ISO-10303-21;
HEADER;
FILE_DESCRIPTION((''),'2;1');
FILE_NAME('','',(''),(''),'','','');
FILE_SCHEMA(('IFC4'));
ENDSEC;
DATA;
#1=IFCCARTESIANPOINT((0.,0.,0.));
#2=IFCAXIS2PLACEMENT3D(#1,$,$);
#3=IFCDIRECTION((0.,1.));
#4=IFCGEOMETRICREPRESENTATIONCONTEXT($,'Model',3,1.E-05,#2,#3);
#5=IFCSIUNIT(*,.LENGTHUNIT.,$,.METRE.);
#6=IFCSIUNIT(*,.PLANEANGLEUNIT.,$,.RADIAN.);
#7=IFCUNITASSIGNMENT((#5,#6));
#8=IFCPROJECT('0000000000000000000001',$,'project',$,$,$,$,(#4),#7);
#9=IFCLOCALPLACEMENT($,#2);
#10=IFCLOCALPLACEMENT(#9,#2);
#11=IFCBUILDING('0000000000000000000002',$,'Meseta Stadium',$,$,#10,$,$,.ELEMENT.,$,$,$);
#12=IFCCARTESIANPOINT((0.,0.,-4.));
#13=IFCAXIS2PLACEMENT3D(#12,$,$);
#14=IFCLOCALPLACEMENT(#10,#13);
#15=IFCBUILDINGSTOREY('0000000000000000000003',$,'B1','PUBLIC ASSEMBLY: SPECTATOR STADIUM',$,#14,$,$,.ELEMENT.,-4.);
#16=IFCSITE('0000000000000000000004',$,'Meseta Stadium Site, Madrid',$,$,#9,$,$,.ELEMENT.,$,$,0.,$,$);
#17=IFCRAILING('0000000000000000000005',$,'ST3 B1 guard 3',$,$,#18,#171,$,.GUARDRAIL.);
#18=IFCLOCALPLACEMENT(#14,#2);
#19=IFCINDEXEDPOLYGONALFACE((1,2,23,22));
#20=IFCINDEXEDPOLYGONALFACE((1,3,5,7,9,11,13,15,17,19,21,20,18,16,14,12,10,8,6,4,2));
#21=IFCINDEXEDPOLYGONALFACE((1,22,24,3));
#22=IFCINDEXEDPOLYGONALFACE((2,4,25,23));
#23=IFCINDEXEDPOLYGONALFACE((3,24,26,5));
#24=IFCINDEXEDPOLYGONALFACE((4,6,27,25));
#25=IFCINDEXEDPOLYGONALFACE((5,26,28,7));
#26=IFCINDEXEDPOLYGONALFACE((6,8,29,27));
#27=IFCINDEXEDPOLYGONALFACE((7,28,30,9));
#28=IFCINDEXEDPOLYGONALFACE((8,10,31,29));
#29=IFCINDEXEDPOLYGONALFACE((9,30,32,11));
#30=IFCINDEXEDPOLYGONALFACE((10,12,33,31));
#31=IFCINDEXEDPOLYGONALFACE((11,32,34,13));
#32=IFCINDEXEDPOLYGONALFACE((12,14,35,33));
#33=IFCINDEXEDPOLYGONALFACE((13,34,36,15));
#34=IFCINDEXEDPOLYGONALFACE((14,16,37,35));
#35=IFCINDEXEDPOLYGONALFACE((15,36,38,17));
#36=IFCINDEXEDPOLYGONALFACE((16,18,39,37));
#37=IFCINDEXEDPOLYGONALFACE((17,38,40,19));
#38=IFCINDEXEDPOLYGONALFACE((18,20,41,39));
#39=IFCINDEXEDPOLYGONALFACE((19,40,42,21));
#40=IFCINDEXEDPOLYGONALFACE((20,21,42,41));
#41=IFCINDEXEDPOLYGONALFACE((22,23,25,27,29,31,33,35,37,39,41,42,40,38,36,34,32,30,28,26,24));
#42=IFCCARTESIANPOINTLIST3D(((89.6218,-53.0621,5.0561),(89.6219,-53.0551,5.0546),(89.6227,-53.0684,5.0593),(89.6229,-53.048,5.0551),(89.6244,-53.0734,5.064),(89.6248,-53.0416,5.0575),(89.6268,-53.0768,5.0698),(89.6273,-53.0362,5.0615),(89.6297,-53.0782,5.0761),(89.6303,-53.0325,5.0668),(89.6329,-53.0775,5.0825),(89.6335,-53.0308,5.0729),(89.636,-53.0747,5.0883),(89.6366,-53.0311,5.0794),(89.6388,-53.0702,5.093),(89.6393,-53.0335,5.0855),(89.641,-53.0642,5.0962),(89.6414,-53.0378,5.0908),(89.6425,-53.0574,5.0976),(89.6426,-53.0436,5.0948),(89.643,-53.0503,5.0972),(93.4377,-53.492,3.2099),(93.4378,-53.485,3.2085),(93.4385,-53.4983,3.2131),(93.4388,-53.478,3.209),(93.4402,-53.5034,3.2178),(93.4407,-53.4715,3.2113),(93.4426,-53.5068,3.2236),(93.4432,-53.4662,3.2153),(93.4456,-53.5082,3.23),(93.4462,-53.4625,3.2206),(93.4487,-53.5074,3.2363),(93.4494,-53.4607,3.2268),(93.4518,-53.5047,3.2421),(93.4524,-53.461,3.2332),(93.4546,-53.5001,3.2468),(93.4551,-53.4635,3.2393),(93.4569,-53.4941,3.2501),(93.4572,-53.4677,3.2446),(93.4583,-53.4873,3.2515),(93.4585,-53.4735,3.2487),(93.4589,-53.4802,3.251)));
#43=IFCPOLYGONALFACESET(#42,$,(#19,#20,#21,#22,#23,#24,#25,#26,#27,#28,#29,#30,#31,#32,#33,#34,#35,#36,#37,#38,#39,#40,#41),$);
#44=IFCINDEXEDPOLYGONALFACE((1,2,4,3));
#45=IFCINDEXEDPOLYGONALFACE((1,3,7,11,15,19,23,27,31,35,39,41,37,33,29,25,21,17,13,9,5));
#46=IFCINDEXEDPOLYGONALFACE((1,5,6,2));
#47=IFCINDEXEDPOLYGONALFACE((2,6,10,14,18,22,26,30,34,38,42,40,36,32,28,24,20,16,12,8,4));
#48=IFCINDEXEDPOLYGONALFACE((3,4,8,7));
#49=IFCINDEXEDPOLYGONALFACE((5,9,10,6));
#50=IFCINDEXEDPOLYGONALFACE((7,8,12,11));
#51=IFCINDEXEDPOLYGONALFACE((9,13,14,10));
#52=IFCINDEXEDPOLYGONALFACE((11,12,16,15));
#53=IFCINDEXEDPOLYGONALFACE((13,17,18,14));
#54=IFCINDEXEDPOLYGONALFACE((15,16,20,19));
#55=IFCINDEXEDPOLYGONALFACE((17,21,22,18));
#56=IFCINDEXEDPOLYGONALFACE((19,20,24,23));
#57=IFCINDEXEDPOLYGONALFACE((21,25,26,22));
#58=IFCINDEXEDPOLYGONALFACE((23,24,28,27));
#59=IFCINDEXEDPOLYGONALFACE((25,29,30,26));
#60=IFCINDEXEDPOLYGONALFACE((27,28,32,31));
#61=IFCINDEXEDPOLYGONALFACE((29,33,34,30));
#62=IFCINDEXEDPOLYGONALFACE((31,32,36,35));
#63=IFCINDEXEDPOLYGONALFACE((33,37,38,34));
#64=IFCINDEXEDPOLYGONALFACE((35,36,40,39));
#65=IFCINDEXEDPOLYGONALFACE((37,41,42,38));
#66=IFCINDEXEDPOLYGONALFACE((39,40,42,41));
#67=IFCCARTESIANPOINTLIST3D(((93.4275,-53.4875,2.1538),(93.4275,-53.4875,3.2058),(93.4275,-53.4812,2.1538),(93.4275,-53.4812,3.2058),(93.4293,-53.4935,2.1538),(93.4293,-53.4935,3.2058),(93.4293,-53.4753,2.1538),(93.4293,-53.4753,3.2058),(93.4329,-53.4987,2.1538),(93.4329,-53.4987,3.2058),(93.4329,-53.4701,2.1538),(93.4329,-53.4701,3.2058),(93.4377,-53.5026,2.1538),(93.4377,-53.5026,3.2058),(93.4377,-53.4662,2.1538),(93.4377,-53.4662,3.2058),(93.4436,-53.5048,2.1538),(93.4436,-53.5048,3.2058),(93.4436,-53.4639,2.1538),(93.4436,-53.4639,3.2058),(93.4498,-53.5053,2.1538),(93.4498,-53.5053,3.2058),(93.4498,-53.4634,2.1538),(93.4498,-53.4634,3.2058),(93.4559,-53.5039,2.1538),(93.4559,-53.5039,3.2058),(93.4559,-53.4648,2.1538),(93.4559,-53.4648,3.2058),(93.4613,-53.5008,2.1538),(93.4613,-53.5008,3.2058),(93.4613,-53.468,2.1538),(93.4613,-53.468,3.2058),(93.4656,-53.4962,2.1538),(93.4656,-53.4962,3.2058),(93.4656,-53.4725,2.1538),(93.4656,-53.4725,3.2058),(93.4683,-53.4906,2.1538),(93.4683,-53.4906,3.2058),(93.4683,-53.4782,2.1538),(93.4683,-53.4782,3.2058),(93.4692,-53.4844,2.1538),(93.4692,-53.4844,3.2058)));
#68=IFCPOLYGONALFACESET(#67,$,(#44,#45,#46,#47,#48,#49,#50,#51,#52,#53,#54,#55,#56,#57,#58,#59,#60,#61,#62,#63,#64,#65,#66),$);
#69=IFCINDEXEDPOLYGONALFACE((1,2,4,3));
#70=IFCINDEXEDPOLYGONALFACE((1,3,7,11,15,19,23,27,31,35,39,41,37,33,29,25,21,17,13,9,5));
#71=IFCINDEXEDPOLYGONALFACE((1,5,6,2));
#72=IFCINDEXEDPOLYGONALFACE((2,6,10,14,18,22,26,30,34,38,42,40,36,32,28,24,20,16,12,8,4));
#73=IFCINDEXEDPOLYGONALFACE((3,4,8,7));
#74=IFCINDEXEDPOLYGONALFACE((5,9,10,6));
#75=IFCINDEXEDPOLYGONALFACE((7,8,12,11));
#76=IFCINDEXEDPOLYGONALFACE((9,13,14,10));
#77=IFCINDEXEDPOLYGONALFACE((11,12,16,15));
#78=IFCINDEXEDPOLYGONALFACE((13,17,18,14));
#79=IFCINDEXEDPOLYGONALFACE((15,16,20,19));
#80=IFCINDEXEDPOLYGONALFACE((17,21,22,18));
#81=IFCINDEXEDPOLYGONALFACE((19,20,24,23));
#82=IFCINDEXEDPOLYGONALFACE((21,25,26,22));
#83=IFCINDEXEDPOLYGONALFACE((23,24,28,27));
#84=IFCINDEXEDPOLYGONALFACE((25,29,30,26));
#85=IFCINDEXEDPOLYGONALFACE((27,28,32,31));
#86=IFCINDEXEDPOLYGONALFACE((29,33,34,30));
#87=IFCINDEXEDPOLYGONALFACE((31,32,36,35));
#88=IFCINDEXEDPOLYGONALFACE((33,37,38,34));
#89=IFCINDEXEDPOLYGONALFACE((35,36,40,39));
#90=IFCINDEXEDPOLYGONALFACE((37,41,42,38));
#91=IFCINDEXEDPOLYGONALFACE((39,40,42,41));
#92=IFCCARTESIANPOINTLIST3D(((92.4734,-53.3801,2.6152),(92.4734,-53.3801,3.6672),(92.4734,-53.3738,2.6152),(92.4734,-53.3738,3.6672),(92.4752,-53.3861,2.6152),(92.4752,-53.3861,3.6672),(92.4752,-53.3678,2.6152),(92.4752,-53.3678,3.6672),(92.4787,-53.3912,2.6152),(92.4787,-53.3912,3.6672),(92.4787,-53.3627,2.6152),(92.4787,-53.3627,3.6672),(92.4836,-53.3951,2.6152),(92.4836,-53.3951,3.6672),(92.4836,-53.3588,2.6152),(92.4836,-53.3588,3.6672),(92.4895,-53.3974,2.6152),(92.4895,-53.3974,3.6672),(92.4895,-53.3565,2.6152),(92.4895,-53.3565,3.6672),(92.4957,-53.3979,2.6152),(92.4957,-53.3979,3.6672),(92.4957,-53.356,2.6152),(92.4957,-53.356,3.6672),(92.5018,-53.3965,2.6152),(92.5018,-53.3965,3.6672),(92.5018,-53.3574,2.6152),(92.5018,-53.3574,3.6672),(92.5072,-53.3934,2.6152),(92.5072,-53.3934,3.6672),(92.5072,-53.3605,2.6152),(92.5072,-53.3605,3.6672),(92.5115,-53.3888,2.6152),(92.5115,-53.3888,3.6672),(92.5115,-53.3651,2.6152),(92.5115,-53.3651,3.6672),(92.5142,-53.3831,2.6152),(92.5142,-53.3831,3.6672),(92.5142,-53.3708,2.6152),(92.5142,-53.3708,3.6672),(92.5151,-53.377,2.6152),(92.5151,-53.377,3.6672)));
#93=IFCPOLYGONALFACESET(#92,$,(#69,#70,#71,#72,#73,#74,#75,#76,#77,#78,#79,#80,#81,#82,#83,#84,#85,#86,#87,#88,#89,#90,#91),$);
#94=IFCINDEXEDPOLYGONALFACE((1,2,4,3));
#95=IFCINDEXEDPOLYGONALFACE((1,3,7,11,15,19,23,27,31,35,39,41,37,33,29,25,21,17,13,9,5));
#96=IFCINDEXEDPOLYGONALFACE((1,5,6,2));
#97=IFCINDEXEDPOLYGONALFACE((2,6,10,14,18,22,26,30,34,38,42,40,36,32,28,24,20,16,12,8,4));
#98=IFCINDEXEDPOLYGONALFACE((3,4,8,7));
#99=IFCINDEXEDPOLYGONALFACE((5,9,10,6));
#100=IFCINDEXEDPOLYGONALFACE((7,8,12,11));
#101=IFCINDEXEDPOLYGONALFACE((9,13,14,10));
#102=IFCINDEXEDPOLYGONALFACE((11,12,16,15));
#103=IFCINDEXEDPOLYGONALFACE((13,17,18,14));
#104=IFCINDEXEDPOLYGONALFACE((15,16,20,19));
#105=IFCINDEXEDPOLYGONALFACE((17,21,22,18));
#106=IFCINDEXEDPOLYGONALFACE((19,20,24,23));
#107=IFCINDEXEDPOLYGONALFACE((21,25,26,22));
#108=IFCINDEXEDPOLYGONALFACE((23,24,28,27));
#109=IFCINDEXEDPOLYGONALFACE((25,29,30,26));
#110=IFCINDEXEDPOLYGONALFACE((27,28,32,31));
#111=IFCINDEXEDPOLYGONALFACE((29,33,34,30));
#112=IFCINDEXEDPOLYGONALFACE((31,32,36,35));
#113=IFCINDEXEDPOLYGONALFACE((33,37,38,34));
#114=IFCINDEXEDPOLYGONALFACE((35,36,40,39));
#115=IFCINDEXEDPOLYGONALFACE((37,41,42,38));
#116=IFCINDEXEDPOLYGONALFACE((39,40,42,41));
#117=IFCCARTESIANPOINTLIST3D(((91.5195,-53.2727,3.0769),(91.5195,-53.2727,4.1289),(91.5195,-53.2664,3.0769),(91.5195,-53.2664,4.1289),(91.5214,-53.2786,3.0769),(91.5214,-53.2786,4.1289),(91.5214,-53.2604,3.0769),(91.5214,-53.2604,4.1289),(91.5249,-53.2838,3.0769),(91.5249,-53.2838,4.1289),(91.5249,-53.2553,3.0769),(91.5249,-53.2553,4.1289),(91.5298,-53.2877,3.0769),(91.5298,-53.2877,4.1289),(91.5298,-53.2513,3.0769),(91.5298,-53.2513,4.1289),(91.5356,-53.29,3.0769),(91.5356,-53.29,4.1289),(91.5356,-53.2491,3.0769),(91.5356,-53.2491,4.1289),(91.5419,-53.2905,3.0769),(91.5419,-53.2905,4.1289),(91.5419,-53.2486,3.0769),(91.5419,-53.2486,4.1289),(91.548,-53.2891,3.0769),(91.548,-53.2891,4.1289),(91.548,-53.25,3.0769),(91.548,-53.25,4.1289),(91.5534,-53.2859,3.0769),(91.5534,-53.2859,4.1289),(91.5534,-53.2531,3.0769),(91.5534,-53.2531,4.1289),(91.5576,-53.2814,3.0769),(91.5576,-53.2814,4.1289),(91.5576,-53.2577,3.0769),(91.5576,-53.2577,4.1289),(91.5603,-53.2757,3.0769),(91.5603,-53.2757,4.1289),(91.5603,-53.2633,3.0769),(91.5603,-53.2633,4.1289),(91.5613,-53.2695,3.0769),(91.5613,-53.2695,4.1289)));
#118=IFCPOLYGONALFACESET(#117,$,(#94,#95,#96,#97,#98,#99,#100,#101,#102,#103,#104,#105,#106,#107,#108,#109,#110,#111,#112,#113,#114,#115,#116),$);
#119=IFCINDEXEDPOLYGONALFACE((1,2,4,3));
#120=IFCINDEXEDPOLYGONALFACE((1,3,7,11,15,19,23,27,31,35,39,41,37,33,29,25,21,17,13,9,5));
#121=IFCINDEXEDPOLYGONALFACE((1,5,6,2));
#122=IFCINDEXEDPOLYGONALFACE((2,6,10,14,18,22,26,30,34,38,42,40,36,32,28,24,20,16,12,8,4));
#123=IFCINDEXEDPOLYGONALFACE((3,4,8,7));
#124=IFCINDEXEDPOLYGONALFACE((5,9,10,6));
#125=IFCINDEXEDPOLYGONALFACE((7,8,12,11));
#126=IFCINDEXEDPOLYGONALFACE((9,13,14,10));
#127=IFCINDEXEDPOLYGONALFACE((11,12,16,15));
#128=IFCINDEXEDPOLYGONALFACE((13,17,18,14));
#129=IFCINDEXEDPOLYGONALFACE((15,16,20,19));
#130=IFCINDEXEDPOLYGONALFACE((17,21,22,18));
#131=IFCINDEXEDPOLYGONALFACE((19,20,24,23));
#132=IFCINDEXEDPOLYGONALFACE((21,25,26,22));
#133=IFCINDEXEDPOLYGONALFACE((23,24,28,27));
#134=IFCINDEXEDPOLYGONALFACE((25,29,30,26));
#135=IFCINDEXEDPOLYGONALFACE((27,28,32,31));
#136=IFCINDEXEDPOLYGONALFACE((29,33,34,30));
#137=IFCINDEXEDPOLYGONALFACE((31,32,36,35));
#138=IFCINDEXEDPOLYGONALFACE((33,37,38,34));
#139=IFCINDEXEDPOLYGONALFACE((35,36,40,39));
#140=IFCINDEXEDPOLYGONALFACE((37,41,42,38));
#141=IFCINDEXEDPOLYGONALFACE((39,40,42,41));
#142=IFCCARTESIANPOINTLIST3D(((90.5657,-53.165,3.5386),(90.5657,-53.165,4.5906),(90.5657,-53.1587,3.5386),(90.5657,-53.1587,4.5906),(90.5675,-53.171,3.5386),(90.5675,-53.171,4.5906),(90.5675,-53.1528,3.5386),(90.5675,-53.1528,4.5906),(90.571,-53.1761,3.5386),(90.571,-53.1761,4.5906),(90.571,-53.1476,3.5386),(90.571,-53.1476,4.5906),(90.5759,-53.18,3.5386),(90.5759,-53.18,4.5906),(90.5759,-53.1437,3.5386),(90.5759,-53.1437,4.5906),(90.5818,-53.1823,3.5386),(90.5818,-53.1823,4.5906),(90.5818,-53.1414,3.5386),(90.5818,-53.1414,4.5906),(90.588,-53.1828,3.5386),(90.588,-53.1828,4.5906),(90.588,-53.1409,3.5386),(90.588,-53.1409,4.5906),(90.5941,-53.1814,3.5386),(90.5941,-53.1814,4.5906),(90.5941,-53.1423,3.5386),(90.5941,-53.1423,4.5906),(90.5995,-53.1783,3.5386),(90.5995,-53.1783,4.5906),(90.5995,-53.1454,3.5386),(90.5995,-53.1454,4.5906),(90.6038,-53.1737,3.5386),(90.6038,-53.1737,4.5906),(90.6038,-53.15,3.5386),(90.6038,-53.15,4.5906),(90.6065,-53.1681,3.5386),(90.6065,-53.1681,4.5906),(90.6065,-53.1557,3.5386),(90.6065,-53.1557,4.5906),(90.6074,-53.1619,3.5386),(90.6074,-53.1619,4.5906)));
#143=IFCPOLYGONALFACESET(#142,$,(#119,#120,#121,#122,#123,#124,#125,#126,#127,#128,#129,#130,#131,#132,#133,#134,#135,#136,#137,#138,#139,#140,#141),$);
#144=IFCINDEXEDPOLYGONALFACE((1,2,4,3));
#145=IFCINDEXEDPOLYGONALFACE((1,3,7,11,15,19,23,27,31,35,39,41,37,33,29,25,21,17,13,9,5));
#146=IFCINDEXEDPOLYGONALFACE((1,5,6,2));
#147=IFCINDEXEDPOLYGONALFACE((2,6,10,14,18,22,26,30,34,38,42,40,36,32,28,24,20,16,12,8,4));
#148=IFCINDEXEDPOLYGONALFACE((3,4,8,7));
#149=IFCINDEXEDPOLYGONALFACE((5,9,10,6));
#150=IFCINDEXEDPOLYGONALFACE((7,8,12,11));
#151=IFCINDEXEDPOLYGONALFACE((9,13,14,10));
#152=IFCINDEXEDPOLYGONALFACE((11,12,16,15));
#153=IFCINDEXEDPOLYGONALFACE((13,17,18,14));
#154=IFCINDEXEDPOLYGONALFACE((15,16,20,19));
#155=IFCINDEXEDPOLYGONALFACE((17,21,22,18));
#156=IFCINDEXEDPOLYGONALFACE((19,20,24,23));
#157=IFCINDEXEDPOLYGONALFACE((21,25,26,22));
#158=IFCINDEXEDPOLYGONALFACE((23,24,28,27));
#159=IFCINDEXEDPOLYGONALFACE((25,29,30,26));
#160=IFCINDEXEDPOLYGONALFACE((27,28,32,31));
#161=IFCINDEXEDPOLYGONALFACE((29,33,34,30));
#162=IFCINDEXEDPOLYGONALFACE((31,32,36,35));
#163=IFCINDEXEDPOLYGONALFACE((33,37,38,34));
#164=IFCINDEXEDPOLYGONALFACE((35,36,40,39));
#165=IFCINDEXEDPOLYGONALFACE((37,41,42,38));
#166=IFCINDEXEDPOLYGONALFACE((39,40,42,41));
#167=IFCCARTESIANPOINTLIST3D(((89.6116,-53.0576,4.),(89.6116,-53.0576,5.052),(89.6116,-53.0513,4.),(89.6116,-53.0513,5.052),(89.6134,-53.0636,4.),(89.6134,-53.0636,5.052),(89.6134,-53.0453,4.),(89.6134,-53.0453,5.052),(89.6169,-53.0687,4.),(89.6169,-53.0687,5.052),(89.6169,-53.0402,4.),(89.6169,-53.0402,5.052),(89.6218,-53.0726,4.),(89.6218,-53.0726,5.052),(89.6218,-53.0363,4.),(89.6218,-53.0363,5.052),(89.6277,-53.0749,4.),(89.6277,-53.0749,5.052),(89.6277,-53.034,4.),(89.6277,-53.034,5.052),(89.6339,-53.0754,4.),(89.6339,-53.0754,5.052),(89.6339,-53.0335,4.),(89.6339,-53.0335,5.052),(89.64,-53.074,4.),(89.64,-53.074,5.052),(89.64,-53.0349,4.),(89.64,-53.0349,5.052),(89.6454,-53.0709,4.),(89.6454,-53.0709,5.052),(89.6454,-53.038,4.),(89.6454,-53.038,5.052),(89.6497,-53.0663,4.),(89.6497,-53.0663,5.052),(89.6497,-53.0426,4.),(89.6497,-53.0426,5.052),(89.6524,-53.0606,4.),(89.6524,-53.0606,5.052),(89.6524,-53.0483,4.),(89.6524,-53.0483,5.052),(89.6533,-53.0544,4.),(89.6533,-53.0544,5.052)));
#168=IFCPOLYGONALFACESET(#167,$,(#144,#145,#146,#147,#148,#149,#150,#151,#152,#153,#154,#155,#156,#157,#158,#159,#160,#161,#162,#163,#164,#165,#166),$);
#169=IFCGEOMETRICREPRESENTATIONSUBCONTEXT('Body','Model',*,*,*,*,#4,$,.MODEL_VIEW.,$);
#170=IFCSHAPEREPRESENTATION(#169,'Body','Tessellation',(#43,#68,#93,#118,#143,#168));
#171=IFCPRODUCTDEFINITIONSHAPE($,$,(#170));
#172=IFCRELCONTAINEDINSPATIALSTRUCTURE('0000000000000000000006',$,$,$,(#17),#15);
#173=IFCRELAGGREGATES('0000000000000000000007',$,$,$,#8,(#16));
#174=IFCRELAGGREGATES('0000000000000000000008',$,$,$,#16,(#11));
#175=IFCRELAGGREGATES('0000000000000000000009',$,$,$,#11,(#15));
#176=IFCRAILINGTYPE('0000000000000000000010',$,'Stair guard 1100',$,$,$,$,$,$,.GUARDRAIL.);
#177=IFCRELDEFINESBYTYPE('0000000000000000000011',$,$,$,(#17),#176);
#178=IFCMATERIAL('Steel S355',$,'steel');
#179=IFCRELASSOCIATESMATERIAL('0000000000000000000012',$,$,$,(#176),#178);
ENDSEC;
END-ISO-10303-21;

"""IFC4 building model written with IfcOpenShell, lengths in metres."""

from ifc_helpers import new_model, si_unit, direction, frame, origin, origin_2d, place, context, subcontext, project, spatial, circle, extrude, material, type_object, element, save


model = new_model("IFC4")

# Units and contexts
model_context = context("Model", 3, precision=1e-05, world=origin(), true_north=direction((0.0, 1.0)))
body_context = subcontext(model_context, "Body", "Model", "MODEL_VIEW")
ifc_project = project(units=[si_unit("LENGTHUNIT", "METRE"), si_unit("PLANEANGLEUNIT", "RADIAN")], contexts=[model_context])

# Site, building, storey
site_placement = place(None, origin())
site = spatial("IfcSite", under=ifc_project, at=site_placement, Name="Meseta Stadium Site, Madrid", CompositionType="ELEMENT", RefElevation=0.0)
building_placement = place(site_placement, origin())
building = spatial("IfcBuilding", under=site, at=building_placement, Name="Meseta Stadium", CompositionType="ELEMENT")
storey_placement = place(building_placement, frame((0.0, 0.0, -4.0)))
storey = spatial("IfcBuildingStorey", under=building, at=storey_placement, Name="B1", Description="PUBLIC ASSEMBLY: SPECTATOR STADIUM", CompositionType="ELEMENT", Elevation=-4.0)

# Railing
ifc_material_1 = material(Name="Steel S355", Category="steel")
railing_type_1 = type_object("IfcRailingType", Name="Stair guard 1100", PredefinedType="GUARDRAIL", material=ifc_material_1)
railing_1_placement = place(storey_placement, frame((93.4482, -53.4844, 2.1538)))
element("IfcRailing", 1, at=railing_1_placement, inside=storey, type_object=railing_type_1, Name="ST3 B1 guard 3", PredefinedType="GUARDRAIL", context=body_context, shape_type="SweptSolid", body=[
    extrude(circle(Radius=0.0239, at=origin_2d()), frame((0.0, 0.0, 1.0762), z_axis=(-0.895585, 0.100904, 0.433296), x_axis=(-0.11196, -0.993713, 0.0)), (0.0, 0.0, 1.0), 4.2607),
    extrude(circle(Radius=0.021, at=origin_2d()), origin(), (0.0, 0.0, 1.0), 1.052),
    extrude(circle(Radius=0.021, at=origin_2d()), frame((-0.9541, 0.1074, 0.4614)), (0.0, 0.0, 1.0), 1.052),
    extrude(circle(Radius=0.021, at=origin_2d()), frame((-1.908, 0.2148, 0.9231)), (0.0, 0.0, 1.0), 1.052),
    extrude(circle(Radius=0.021, at=origin_2d()), frame((-2.8618, 0.3225, 1.3848)), (0.0, 0.0, 1.0), 1.052),
    extrude(circle(Radius=0.021, at=origin_2d()), frame((-3.8159, 0.4299, 1.8462)), (0.0, 0.0, 1.0), 1.052),
])

save(model, "model.ifc")
